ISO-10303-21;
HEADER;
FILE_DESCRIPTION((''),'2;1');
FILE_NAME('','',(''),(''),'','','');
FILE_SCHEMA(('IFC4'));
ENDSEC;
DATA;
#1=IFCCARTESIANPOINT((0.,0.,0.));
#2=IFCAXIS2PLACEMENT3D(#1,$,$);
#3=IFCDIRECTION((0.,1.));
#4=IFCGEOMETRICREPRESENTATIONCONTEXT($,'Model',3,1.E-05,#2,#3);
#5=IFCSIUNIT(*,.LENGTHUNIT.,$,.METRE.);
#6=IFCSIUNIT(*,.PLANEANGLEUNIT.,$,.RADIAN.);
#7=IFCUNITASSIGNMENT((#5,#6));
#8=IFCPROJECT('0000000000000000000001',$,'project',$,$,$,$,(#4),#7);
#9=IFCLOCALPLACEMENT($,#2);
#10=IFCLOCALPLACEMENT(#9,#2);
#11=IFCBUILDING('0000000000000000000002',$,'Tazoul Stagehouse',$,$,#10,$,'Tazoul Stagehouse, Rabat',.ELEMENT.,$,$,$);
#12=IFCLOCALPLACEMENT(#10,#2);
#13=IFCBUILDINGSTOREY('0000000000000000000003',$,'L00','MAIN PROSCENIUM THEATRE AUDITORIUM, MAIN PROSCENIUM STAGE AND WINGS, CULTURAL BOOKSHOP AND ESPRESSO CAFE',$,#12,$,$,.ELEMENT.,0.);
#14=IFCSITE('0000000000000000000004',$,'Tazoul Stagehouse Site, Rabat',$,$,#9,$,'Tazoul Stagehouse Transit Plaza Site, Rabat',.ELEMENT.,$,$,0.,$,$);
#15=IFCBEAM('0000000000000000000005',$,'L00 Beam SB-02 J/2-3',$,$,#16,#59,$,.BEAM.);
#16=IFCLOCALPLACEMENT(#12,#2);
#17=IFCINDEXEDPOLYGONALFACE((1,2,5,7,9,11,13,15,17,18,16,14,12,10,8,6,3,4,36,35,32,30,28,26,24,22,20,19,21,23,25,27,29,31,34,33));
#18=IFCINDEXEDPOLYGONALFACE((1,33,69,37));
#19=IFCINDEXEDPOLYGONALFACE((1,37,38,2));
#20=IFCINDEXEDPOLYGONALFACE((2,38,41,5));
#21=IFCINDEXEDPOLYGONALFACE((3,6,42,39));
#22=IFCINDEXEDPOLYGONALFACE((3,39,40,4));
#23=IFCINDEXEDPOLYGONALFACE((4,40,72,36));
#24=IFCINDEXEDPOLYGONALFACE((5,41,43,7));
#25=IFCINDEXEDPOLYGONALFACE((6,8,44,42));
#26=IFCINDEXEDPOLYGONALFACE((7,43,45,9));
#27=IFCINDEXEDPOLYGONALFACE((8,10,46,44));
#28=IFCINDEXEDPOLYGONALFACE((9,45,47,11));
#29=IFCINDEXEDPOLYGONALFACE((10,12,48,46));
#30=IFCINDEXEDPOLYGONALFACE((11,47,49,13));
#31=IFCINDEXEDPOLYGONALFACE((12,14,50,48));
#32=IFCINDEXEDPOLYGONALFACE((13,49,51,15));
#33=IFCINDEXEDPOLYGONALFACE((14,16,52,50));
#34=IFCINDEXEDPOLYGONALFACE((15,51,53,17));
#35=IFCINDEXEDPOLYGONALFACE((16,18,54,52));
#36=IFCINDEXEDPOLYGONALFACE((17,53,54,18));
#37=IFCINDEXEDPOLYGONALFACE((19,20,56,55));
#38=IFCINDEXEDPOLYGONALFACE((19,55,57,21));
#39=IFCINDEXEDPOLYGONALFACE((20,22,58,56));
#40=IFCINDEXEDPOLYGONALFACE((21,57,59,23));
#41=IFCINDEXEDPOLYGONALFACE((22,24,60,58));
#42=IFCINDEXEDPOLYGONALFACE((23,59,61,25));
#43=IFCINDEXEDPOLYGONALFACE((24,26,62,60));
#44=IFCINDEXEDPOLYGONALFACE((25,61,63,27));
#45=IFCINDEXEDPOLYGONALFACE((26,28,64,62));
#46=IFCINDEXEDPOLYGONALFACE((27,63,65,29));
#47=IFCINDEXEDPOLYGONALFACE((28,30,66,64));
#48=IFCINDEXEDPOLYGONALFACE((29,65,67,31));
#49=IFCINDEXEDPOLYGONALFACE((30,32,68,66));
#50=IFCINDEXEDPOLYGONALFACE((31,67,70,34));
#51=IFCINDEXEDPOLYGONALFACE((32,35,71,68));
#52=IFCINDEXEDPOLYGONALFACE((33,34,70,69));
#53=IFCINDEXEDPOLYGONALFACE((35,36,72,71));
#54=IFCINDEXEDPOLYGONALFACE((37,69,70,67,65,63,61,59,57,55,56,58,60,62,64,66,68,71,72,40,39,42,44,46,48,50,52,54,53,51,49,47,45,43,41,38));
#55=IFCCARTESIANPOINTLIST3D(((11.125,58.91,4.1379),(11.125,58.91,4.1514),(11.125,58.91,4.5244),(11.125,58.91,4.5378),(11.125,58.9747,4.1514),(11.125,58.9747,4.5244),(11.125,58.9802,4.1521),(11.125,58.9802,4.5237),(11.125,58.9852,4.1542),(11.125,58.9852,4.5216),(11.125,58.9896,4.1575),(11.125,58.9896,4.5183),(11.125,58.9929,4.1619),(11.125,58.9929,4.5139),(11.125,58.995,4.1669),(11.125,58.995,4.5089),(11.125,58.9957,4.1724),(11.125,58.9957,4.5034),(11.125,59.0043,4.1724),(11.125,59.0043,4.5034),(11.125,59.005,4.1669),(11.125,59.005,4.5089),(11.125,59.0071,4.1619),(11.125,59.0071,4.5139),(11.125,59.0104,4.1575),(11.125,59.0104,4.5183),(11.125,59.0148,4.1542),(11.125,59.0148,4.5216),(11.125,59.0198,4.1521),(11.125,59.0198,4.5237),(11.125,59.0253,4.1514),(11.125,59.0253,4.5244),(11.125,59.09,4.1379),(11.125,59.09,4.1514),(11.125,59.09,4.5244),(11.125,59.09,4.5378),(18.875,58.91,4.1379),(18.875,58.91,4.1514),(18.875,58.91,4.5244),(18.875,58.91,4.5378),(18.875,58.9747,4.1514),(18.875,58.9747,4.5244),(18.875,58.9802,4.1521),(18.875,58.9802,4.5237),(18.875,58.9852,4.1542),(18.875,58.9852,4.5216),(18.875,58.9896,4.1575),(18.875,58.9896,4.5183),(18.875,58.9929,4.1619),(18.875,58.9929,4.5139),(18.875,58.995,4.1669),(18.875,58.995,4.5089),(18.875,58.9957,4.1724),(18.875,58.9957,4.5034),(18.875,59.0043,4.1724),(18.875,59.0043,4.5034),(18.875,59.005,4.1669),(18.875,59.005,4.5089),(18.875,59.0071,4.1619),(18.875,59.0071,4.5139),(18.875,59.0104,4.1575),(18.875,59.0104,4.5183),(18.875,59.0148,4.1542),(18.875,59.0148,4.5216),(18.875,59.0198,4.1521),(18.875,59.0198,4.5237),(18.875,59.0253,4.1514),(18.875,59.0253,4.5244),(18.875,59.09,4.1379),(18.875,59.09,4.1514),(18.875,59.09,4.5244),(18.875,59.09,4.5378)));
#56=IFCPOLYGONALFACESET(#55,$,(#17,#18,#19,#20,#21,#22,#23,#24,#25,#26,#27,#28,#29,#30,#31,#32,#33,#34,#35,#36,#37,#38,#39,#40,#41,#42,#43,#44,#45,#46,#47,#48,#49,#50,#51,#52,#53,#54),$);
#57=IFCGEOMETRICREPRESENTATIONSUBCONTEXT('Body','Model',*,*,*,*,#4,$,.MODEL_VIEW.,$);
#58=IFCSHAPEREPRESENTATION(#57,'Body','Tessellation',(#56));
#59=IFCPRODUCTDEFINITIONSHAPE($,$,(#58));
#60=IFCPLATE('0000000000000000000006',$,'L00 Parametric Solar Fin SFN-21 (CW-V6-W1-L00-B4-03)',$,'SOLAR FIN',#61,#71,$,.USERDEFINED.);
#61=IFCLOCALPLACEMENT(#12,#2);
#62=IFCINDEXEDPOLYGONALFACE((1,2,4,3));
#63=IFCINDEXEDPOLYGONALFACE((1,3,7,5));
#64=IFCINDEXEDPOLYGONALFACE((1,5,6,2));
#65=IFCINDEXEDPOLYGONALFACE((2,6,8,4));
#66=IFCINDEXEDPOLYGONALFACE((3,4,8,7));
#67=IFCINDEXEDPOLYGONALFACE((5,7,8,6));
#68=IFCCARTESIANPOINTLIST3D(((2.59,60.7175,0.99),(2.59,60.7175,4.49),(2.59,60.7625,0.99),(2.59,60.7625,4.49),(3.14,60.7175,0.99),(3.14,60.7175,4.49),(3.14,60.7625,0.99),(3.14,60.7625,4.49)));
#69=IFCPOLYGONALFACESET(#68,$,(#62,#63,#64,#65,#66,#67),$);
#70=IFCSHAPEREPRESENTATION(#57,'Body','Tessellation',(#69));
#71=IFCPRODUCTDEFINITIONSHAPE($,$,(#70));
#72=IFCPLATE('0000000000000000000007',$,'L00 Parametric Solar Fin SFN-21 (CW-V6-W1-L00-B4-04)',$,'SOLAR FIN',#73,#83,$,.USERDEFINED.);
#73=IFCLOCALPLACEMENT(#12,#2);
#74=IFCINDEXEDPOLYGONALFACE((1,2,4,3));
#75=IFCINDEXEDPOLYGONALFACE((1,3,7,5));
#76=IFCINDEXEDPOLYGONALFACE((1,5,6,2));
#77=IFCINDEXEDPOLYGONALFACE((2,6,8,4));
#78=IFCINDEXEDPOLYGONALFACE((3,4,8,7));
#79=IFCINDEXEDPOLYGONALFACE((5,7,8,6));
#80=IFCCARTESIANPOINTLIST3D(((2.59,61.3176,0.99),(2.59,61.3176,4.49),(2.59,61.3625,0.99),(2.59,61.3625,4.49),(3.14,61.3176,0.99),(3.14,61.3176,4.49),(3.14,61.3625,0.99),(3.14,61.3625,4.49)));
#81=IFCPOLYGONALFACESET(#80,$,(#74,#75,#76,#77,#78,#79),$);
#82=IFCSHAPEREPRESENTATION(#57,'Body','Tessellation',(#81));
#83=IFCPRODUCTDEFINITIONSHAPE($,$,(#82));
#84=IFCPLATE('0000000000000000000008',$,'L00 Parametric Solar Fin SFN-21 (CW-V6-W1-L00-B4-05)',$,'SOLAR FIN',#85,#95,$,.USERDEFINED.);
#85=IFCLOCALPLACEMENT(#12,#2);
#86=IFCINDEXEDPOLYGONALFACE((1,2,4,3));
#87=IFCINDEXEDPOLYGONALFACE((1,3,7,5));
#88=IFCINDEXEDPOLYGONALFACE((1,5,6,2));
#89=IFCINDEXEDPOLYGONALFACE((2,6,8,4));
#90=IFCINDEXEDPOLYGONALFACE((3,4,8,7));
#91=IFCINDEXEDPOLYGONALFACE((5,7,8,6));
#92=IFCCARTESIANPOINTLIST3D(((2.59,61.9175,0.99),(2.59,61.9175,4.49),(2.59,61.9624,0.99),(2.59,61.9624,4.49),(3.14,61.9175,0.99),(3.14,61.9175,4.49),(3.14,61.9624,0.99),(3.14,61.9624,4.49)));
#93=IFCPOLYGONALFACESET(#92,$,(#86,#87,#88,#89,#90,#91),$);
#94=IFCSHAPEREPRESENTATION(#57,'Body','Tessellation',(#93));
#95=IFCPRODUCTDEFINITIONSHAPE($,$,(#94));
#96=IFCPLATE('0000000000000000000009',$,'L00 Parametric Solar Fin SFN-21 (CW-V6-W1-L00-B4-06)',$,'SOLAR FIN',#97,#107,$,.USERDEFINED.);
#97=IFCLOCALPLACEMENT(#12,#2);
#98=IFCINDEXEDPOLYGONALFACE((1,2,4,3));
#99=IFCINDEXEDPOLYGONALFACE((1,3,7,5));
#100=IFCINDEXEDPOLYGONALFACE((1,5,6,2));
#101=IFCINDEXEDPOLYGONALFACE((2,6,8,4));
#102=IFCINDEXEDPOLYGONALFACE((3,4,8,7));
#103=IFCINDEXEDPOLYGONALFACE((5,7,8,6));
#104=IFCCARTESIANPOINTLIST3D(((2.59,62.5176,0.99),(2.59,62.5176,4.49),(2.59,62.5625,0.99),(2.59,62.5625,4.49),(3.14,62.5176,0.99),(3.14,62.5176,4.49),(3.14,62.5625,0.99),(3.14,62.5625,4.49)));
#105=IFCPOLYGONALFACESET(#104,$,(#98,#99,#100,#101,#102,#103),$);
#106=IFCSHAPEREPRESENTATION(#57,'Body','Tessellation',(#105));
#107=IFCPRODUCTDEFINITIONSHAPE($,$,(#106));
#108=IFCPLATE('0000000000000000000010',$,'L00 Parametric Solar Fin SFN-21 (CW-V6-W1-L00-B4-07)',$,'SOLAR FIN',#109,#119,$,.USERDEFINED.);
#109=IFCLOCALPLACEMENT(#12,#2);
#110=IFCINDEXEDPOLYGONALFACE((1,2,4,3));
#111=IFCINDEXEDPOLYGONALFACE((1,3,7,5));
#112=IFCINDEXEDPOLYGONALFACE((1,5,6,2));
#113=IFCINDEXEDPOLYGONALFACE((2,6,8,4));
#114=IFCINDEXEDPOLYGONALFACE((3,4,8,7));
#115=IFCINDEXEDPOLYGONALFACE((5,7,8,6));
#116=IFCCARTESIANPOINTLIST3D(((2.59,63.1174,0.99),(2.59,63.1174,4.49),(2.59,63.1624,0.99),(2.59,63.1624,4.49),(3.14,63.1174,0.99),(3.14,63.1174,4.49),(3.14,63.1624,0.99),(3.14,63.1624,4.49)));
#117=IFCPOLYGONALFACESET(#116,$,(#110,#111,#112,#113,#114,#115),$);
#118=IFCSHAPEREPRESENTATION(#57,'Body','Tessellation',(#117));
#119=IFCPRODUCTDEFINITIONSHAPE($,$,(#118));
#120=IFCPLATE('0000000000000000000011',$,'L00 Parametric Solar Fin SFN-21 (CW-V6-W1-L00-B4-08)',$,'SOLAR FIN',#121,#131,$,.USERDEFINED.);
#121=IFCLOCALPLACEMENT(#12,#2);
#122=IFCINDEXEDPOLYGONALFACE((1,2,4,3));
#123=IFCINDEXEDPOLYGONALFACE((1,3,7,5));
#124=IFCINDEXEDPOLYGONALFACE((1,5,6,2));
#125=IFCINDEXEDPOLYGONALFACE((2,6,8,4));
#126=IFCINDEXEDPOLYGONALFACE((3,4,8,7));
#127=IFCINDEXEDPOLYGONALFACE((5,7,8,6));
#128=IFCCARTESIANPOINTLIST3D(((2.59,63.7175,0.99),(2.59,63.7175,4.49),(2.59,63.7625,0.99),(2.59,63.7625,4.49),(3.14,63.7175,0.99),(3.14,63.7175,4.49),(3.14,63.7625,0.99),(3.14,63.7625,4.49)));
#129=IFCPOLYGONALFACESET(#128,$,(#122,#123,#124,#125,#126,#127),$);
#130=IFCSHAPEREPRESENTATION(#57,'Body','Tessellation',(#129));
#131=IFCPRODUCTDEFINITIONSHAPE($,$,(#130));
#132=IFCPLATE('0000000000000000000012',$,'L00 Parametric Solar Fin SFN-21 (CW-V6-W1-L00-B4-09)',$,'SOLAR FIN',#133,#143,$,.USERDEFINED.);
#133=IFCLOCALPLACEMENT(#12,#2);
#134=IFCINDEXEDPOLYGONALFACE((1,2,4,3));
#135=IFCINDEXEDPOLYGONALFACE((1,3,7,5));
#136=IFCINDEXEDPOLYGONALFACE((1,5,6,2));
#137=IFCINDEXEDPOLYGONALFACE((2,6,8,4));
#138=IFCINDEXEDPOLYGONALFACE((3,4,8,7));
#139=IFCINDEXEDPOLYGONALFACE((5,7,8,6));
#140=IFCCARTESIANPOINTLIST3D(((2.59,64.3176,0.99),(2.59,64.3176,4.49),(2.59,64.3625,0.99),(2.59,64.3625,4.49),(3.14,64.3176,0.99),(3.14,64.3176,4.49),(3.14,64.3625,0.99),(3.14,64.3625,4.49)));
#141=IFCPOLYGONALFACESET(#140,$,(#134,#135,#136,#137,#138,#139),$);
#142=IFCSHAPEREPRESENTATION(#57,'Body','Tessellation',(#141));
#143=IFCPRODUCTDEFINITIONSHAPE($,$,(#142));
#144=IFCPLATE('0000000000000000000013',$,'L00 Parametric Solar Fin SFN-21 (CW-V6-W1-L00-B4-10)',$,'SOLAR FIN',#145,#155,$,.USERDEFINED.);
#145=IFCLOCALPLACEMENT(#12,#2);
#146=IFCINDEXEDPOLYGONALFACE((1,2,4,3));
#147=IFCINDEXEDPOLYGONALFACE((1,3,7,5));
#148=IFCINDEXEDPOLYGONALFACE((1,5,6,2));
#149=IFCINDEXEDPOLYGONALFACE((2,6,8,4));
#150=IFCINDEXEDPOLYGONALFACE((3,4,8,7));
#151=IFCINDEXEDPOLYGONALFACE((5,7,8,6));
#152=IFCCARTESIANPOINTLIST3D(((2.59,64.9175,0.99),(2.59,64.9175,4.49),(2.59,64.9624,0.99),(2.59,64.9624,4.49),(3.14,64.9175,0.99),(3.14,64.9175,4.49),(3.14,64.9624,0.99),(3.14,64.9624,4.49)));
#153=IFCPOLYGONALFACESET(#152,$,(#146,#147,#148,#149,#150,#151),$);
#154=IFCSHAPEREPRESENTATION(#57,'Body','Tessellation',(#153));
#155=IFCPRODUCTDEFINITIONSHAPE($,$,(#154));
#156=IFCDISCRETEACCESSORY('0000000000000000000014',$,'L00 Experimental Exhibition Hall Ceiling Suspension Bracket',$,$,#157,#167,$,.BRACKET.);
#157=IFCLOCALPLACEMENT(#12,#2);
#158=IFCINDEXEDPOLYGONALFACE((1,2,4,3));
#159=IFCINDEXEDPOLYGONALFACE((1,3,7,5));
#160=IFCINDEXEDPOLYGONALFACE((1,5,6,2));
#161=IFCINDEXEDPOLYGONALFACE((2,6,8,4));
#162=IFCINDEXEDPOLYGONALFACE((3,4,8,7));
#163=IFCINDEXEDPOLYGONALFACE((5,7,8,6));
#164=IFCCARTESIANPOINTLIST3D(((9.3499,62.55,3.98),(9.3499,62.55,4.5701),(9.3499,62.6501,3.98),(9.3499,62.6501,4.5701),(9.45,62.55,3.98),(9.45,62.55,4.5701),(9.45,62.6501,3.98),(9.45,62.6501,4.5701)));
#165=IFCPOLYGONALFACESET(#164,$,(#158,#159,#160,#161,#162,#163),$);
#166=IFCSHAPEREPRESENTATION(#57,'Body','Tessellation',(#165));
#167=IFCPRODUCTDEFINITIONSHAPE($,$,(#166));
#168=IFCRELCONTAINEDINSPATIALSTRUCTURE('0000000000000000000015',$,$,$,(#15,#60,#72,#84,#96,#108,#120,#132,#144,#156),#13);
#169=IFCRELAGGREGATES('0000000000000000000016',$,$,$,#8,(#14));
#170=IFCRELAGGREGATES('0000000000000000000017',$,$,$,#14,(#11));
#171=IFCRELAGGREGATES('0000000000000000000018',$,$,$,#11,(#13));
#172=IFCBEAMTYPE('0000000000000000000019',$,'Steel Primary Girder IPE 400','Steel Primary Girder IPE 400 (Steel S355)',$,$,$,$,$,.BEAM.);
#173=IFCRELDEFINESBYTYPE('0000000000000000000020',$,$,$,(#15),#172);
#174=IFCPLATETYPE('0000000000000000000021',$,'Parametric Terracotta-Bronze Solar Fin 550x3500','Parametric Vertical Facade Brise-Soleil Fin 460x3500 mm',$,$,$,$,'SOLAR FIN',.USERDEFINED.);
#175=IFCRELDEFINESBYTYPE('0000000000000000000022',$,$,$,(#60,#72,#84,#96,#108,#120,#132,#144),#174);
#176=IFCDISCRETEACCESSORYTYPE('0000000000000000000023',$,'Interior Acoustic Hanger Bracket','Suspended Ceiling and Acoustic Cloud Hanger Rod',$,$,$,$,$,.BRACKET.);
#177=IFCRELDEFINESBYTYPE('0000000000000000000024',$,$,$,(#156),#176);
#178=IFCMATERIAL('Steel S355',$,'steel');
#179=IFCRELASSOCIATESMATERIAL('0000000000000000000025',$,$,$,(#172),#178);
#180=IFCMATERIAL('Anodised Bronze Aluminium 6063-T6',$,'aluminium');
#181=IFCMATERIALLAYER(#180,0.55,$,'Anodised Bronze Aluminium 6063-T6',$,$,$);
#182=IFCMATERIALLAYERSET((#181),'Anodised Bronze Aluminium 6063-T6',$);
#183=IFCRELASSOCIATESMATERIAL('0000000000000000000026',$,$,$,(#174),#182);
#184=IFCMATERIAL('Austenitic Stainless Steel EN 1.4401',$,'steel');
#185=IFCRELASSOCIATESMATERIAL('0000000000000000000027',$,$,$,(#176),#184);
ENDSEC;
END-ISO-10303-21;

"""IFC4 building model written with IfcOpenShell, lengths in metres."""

from ifc_helpers import new_model, si_unit, direction, frame, origin, origin_2d, place, context, subcontext, project, spatial, rectangle, i_section, extrude, material, layer, layer_set, material_profile, profile_set, type_object, element, save


model = new_model("IFC4")

# Units and contexts
model_context = context("Model", 3, precision=1e-05, world=origin(), true_north=direction((0.0, 1.0)))
body_context = subcontext(model_context, "Body", "Model", "MODEL_VIEW")
ifc_project = project(units=[si_unit("LENGTHUNIT", "METRE"), si_unit("PLANEANGLEUNIT", "RADIAN")], contexts=[model_context])

# Site, building, storey
site_placement = place(None, origin())
site = spatial("IfcSite", under=ifc_project, at=site_placement, Name="Tazoul Stagehouse Site, Rabat", LongName="Tazoul Stagehouse Transit Plaza Site, Rabat", CompositionType="ELEMENT", RefElevation=0.0)
building_placement = place(site_placement, origin())
building = spatial("IfcBuilding", under=site, at=building_placement, Name="Tazoul Stagehouse", LongName="Tazoul Stagehouse, Rabat", CompositionType="ELEMENT")
storey_placement = place(building_placement, origin())
storey = spatial("IfcBuildingStorey", under=building, at=storey_placement, Name="L00", Description="MAIN PROSCENIUM THEATRE AUDITORIUM, MAIN PROSCENIUM STAGE AND WINGS, CULTURAL BOOKSHOP AND ESPRESSO CAFE", CompositionType="ELEMENT", Elevation=0.0)

# Beam
ifc_material_1 = material(Name="Steel S355", Category="steel")
ifc_material_profile_1 = material_profile(ifc_material_1, i_section(OverallWidth=0.1799, OverallDepth=0.3999, WebThickness=0.0085, FlangeThickness=0.0134, FilletRadius=0.021, at=origin_2d()), Name="IPE 400")
ifc_profile_set_1 = profile_set([ifc_material_profile_1], Name="Steel S355")
beam_type_1 = type_object("IfcBeamType", Name="Steel Primary Girder IPE 400", Description="Steel Primary Girder IPE 400 (Steel S355)", PredefinedType="BEAM", material=ifc_profile_set_1)
beam_1_placement = place(storey_placement, frame((11.125, 59.0, 4.3379), z_axis=(1.0, 0.0, 0.0), x_axis=(0.0, 1.0, 0.0)))
element("IfcBeam", 1, at=beam_1_placement, inside=storey, type_object=beam_type_1, Name="L00 Beam SB-02 J/2-3", PredefinedType="BEAM", context=body_context, shape_type="SweptSolid", body=[
    extrude(i_section(OverallWidth=0.1799, OverallDepth=0.3999, WebThickness=0.0085, FlangeThickness=0.0134, FilletRadius=0.021, at=origin_2d()), origin(), (0.0, 0.0, 1.0), 7.75),
])

# Plates
ifc_material_2 = material(Name="Anodised Bronze Aluminium 6063-T6", Category="aluminium")
ifc_layer = layer(ifc_material_2, 0.55, Name="Anodised Bronze Aluminium 6063-T6")
ifc_layer_set = layer_set([ifc_layer], Name="Anodised Bronze Aluminium 6063-T6")
plate_type = type_object("IfcPlateType", Name="Parametric Terracotta-Bronze Solar Fin 550x3500", Description="Parametric Vertical Facade Brise-Soleil Fin 460x3500 mm", ElementType="SOLAR FIN", PredefinedType="USERDEFINED", material=ifc_layer_set)
for number, where, z_axis, x_axis, name in (
    (2, (2.865, 60.74, 0.99), (0.0, 0.0, 1.0), (0.0, 1.0, 0.0), "L00 Parametric Solar Fin SFN-21 (CW-V6-W1-L00-B4-03)"),
    (3, (2.865, 61.3401, 0.99), (0.0, 0.0, 1.0), (0.0, 1.0, 0.0), "L00 Parametric Solar Fin SFN-21 (CW-V6-W1-L00-B4-04)"),
    (4, (2.865, 61.9399, 0.99), (0.0, 0.0, 1.0), (0.0, 1.0, 0.0), "L00 Parametric Solar Fin SFN-21 (CW-V6-W1-L00-B4-05)"),
    (5, (2.865, 62.54, 0.99), (0.0, 0.0, 1.0), (0.0, 1.0, 0.0), "L00 Parametric Solar Fin SFN-21 (CW-V6-W1-L00-B4-06)"),
    (6, (2.865, 63.1399, 0.99), (0.0, 0.0, 1.0), (0.0, 1.0, 0.0), "L00 Parametric Solar Fin SFN-21 (CW-V6-W1-L00-B4-07)"),
    (7, (2.865, 63.74, 0.99), (0.0, 0.0, 1.0), (0.0, 1.0, 0.0), "L00 Parametric Solar Fin SFN-21 (CW-V6-W1-L00-B4-08)"),
    (8, (2.865, 64.3401, 0.99), (0.0, 0.0, 1.0), (0.0, 1.0, 0.0), "L00 Parametric Solar Fin SFN-21 (CW-V6-W1-L00-B4-09)"),
    (9, (2.865, 64.9399, 0.99), (0.0, 0.0, 1.0), (0.0, 1.0, 0.0), "L00 Parametric Solar Fin SFN-21 (CW-V6-W1-L00-B4-10)"),
):
    element("IfcPlate", number, at=place(storey_placement, frame(where, z_axis=z_axis, x_axis=x_axis)), inside=storey, type_object=plate_type, Name=name, ObjectType="SOLAR FIN", PredefinedType="USERDEFINED", context=body_context, shape_type="SweptSolid", body=[
        extrude(rectangle(XDim=0.0449, YDim=0.55, at=origin_2d()), origin(), (0.0, 0.0, 1.0), 3.5),
    ])

# Discrete accessory
ifc_material_3 = material(Name="Austenitic Stainless Steel EN 1.4401", Category="steel")
discrete_accessory_type = type_object("IfcDiscreteAccessoryType", Name="Interior Acoustic Hanger Bracket", Description="Suspended Ceiling and Acoustic Cloud Hanger Rod", PredefinedType="BRACKET", material=ifc_material_3)
discrete_accessory_placement = place(storey_placement, frame((9.3999, 62.6001, 3.98), z_axis=(0.0, 0.0, 1.0), x_axis=(1.0, 0.0, 0.0)))
element("IfcDiscreteAccessory", 10, at=discrete_accessory_placement, inside=storey, type_object=discrete_accessory_type, Name="L00 Experimental Exhibition Hall Ceiling Suspension Bracket", PredefinedType="BRACKET", context=body_context, shape_type="SweptSolid", body=[
    extrude(rectangle(XDim=0.1001, YDim=0.1001, at=origin_2d()), origin(), (0.0, 0.0, 1.0), 0.5901),
])

save(model, "model.ifc")
